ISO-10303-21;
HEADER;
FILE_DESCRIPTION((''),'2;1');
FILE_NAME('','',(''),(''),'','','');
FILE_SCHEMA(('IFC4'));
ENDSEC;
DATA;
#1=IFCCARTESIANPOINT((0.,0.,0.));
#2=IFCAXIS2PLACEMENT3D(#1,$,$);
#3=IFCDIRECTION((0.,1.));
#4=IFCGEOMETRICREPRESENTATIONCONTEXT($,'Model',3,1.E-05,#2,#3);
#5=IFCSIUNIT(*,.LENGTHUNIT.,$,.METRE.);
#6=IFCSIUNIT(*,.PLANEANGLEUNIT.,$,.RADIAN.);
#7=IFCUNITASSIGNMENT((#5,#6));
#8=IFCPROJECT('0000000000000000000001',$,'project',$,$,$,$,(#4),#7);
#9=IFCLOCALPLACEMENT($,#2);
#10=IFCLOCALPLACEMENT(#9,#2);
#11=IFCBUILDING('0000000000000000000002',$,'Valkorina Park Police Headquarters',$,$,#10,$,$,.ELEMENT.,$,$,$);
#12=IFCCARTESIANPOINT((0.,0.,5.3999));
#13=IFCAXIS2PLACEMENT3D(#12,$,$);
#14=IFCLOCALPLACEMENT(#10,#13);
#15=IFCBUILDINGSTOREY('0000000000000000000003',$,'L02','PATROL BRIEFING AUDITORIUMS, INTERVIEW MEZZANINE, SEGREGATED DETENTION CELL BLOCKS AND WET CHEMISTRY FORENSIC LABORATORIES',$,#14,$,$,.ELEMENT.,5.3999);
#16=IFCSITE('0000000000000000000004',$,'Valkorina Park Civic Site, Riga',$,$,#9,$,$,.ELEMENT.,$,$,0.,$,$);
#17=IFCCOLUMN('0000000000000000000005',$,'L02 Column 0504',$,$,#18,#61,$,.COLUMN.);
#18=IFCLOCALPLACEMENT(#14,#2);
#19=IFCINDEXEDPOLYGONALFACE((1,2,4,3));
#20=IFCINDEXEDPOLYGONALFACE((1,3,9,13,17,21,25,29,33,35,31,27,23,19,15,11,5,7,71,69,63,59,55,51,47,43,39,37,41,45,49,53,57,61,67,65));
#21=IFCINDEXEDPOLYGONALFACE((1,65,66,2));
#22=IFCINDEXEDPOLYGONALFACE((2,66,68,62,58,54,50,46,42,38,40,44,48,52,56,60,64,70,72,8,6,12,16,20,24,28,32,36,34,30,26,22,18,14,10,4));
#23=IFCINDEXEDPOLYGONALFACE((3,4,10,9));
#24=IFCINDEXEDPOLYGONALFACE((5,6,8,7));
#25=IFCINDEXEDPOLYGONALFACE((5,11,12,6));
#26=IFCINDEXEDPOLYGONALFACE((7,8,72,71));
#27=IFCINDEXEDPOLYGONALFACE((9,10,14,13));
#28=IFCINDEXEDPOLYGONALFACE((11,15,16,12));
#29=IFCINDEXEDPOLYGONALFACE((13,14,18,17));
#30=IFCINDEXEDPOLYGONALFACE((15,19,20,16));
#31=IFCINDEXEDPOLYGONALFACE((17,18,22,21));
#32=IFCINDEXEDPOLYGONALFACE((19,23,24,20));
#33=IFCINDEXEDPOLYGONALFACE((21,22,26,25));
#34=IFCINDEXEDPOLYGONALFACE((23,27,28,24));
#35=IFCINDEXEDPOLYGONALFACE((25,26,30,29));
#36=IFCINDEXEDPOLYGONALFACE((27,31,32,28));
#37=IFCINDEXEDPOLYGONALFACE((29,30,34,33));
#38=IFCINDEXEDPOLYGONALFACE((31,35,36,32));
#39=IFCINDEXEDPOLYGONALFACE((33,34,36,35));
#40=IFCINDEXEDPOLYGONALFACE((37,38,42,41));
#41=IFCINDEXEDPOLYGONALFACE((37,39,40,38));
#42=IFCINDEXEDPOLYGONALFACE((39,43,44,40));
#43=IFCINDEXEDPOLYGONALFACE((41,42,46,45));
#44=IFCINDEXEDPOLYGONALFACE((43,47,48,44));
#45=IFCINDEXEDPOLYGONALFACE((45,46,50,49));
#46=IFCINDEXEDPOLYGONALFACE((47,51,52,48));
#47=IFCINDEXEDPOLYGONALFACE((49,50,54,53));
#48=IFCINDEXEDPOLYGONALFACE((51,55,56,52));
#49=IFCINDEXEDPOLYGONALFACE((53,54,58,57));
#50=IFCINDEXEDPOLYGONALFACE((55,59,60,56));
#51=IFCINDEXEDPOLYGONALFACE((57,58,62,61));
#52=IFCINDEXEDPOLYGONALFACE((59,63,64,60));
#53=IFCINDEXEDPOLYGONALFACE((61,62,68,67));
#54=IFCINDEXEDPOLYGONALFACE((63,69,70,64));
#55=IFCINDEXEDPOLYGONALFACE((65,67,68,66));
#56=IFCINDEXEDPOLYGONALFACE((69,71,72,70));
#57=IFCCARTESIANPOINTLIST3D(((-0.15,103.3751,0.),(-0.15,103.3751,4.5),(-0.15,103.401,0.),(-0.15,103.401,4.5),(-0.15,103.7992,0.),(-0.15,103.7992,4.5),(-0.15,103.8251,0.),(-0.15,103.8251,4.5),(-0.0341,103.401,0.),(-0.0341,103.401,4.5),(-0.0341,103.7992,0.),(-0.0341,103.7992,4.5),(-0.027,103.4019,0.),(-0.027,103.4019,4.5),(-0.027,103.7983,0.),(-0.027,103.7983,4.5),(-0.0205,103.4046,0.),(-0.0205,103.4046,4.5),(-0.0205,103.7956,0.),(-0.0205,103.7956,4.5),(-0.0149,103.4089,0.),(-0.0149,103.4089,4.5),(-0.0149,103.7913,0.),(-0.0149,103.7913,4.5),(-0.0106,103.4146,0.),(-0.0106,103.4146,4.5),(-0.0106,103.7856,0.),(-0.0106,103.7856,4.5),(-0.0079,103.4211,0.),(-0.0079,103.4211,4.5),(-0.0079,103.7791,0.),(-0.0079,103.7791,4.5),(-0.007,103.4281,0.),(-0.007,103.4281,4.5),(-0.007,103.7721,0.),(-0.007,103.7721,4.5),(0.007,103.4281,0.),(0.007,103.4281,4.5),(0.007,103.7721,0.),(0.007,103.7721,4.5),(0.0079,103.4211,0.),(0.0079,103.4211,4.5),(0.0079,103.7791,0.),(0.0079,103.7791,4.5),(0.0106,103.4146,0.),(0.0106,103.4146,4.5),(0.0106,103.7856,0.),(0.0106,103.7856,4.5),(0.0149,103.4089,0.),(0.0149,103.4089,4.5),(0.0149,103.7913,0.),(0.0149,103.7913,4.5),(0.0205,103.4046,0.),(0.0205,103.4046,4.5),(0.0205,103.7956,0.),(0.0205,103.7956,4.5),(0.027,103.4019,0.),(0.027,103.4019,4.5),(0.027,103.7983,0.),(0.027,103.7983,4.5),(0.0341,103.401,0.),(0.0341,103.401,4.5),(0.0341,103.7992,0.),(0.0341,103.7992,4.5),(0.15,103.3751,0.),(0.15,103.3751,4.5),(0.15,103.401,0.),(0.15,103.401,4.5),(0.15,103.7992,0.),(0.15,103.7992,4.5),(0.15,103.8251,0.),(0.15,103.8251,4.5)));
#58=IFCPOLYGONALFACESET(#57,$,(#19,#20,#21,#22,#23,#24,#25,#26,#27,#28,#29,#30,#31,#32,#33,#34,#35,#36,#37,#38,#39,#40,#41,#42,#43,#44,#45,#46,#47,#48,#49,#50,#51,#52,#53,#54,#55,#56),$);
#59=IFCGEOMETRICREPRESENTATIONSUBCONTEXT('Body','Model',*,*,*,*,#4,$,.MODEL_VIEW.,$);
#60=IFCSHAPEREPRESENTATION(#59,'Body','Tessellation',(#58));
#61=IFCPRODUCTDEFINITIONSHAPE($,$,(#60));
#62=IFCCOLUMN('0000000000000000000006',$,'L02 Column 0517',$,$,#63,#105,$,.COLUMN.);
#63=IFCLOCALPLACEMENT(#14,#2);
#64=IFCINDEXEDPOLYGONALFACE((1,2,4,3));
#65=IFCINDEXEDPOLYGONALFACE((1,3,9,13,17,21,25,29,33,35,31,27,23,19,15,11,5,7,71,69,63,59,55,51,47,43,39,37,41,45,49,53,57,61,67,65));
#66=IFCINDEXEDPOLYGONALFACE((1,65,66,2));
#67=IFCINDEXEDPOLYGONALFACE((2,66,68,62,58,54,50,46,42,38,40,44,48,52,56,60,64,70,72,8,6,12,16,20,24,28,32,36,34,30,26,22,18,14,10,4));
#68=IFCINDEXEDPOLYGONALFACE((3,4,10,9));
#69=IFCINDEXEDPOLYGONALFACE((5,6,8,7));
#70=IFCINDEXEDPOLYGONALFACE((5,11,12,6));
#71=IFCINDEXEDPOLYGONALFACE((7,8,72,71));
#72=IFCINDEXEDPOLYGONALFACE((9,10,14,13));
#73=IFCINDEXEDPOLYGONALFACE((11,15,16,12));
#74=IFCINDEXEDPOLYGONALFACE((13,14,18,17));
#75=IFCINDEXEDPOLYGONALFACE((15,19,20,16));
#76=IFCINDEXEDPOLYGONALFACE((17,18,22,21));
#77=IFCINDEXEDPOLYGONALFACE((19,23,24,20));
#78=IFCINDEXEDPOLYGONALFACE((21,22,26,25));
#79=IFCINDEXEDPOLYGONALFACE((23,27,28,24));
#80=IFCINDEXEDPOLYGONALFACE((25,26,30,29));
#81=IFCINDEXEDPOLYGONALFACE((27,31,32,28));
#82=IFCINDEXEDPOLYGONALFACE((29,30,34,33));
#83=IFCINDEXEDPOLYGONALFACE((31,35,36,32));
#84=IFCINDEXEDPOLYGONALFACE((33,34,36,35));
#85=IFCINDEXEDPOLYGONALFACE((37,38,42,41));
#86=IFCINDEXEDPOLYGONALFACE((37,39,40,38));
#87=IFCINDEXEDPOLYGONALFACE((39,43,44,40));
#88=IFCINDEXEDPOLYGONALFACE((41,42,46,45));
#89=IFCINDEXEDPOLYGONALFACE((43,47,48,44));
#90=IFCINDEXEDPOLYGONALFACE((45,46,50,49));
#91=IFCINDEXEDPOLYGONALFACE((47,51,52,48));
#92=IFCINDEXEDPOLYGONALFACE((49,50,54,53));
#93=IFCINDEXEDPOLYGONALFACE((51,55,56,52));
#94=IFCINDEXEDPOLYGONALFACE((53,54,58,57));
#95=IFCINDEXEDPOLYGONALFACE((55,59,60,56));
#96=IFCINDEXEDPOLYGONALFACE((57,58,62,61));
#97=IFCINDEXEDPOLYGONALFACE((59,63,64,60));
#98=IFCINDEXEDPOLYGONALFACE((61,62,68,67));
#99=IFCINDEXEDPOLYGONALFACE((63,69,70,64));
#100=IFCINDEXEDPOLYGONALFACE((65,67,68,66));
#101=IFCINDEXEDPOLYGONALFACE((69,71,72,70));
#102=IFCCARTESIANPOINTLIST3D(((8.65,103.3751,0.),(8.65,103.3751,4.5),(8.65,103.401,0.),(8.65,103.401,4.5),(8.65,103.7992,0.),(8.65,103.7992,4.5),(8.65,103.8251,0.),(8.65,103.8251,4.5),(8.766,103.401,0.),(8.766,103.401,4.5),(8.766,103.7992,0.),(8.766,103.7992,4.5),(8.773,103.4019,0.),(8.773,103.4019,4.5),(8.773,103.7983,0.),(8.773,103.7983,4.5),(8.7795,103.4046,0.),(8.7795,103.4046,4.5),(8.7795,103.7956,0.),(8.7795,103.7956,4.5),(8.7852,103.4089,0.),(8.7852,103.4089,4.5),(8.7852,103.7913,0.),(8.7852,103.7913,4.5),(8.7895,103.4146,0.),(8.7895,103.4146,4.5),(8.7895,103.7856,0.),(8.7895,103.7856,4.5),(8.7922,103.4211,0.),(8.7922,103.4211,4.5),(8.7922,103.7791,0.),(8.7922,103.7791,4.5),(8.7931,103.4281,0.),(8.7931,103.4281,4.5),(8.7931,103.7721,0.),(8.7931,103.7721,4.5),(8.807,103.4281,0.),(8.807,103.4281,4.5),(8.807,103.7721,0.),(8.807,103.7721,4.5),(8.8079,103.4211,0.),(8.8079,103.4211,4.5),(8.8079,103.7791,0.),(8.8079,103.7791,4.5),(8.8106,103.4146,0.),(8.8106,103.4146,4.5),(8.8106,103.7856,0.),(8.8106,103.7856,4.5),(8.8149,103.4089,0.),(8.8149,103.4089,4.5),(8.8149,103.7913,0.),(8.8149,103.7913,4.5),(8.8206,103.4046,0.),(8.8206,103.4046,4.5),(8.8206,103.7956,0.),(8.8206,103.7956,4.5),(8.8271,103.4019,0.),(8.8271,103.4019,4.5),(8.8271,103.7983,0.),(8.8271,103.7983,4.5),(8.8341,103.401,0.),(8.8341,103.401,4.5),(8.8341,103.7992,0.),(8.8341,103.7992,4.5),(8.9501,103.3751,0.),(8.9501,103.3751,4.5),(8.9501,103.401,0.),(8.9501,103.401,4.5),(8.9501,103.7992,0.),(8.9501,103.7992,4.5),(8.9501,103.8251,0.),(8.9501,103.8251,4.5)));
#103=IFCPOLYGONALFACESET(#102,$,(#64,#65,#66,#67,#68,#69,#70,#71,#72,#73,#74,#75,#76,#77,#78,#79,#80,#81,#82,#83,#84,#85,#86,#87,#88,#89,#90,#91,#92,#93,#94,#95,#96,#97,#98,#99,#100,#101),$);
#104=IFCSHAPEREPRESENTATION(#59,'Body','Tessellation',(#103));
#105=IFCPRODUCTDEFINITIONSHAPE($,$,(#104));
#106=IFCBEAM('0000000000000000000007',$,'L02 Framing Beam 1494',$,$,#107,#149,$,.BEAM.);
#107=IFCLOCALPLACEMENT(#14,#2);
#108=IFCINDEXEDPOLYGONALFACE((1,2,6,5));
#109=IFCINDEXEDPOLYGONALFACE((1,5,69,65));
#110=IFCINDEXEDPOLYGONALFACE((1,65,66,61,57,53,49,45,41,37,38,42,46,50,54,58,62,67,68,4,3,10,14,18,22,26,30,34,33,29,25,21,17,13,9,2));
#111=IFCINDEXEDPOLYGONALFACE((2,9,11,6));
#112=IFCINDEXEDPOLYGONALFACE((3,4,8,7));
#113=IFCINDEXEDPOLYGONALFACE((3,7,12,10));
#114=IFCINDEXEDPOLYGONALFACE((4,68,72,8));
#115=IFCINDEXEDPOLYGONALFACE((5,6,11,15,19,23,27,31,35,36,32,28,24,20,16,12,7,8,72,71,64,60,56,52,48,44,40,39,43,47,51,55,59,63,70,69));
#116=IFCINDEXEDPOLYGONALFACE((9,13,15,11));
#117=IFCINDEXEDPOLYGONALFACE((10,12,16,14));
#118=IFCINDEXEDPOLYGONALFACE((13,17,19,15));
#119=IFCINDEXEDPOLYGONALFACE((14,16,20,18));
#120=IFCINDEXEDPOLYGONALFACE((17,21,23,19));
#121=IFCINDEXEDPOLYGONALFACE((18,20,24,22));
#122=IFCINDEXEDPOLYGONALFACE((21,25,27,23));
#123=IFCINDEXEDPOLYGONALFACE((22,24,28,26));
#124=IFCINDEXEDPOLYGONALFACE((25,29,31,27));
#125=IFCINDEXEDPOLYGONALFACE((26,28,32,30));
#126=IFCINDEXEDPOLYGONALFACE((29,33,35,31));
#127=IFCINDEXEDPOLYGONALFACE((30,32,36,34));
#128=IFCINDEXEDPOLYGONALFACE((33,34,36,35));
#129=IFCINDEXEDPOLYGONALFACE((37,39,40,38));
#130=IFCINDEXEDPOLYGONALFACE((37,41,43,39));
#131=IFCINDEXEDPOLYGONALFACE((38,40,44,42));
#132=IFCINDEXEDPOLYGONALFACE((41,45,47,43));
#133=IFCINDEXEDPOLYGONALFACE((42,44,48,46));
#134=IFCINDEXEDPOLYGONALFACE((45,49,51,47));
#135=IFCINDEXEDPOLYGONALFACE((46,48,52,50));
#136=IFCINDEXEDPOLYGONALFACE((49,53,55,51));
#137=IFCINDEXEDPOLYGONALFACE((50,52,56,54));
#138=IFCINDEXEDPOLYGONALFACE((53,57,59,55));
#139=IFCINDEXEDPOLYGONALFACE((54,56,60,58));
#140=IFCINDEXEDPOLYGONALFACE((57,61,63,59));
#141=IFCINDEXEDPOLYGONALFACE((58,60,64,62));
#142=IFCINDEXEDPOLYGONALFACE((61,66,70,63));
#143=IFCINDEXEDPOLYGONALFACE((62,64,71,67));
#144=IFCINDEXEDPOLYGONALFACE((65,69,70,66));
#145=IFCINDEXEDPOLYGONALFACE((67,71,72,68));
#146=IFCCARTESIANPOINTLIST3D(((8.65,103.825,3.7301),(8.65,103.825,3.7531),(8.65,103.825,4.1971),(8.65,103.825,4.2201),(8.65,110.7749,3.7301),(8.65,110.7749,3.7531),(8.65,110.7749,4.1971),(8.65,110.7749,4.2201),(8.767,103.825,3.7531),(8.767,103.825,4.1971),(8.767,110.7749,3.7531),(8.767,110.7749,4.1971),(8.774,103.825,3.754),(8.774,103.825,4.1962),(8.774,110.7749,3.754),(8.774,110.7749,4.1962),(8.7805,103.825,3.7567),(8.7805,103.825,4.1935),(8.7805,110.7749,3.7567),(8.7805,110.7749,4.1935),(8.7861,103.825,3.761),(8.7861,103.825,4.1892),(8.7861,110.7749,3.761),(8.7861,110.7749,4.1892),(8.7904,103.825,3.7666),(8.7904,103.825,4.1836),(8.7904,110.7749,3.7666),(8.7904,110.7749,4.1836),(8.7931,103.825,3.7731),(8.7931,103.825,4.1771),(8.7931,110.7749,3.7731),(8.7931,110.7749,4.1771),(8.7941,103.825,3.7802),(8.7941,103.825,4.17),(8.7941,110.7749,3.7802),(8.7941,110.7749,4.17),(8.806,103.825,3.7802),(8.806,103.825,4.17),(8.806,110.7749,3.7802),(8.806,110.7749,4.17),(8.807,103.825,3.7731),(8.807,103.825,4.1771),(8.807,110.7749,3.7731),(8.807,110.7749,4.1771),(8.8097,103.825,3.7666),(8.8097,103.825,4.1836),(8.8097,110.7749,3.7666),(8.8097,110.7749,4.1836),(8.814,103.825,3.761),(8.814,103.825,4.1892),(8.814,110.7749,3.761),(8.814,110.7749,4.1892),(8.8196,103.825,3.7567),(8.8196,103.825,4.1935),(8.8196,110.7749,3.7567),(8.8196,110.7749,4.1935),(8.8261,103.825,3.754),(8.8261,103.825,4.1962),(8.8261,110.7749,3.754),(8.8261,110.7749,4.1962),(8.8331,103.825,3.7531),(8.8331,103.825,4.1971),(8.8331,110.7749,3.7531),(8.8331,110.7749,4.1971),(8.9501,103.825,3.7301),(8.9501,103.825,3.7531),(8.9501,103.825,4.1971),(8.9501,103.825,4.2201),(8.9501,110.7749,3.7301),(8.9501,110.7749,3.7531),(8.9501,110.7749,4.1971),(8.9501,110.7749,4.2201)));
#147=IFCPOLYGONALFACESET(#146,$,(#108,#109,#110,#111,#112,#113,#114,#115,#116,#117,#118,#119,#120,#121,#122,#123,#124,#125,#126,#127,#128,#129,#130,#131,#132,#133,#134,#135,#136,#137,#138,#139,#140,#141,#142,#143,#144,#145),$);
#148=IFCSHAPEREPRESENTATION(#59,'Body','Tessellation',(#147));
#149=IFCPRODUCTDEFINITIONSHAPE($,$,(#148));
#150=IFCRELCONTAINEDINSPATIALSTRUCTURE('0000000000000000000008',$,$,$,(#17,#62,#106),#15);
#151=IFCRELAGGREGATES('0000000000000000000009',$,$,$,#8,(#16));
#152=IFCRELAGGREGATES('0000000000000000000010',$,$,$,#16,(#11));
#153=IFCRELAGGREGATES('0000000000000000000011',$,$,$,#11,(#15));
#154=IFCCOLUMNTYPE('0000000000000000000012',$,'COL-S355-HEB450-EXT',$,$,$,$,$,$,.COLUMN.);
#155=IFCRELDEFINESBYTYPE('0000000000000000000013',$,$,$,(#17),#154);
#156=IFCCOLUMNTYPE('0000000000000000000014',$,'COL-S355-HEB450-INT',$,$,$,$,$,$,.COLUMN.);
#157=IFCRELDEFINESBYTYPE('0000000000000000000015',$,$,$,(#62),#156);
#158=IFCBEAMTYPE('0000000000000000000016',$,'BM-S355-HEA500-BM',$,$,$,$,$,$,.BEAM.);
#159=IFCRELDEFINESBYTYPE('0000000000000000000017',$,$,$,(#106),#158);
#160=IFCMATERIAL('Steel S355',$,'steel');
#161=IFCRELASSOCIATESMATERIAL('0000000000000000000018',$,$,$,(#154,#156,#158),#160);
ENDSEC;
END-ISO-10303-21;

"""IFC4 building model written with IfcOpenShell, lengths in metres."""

from ifc_helpers import new_model, si_unit, direction, frame, origin, origin_2d, place, context, subcontext, project, spatial, i_section, extrude, material, material_profile, profile_set, type_object, element, save


model = new_model("IFC4")

# Units and contexts
model_context = context("Model", 3, precision=1e-05, world=origin(), true_north=direction((0.0, 1.0)))
body_context = subcontext(model_context, "Body", "Model", "MODEL_VIEW")
ifc_project = project(units=[si_unit("LENGTHUNIT", "METRE"), si_unit("PLANEANGLEUNIT", "RADIAN")], contexts=[model_context])

# Site, building, storey
site_placement = place(None, origin())
site = spatial("IfcSite", under=ifc_project, at=site_placement, Name="Valkorina Park Civic Site, Riga", CompositionType="ELEMENT", RefElevation=0.0)
building_placement = place(site_placement, origin())
building = spatial("IfcBuilding", under=site, at=building_placement, Name="Valkorina Park Police Headquarters", CompositionType="ELEMENT")
storey_placement = place(building_placement, frame((0.0, 0.0, 5.3999)))
storey = spatial("IfcBuildingStorey", under=building, at=storey_placement, Name="L02", Description="PATROL BRIEFING AUDITORIUMS, INTERVIEW MEZZANINE, SEGREGATED DETENTION CELL BLOCKS AND WET CHEMISTRY FORENSIC LABORATORIES", CompositionType="ELEMENT", Elevation=5.3999)

# Columns
ifc_material_1 = material(Name="Steel S355", Category="steel")
ifc_material_profile_1 = material_profile(ifc_material_1, i_section(OverallWidth=0.3, OverallDepth=0.45, WebThickness=0.0139, FlangeThickness=0.0259, FilletRadius=0.0271, at=origin_2d()), Name="HEB 450")
ifc_profile_set_1 = profile_set([ifc_material_profile_1], Name="Steel S355")
column_type_1 = type_object("IfcColumnType", Name="COL-S355-HEB450-EXT", PredefinedType="COLUMN", material=ifc_profile_set_1)
column_1_placement = place(storey_placement, frame((0.0, 103.6001, 0.0), z_axis=(0.0, 0.0, 1.0), x_axis=(1.0, 0.0, 0.0)))
element("IfcColumn", 1, at=column_1_placement, inside=storey, type_object=column_type_1, Name="L02 Column 0504", PredefinedType="COLUMN", context=body_context, shape_type="SweptSolid", body=[
    extrude(i_section(OverallWidth=0.3, OverallDepth=0.45, WebThickness=0.0139, FlangeThickness=0.0259, FilletRadius=0.0271, at=origin_2d()), origin(), (0.0, 0.0, 1.0), 4.5),
])
ifc_material_profile_2 = material_profile(ifc_material_1, i_section(OverallWidth=0.3, OverallDepth=0.45, WebThickness=0.0139, FlangeThickness=0.0259, FilletRadius=0.0271, at=origin_2d()), Name="HEB 450")
ifc_profile_set_2 = profile_set([ifc_material_profile_2], Name="Steel S355")
column_type_2 = type_object("IfcColumnType", Name="COL-S355-HEB450-INT", PredefinedType="COLUMN", material=ifc_profile_set_2)
column_2_placement = place(storey_placement, frame((8.8, 103.6001, 0.0), z_axis=(0.0, 0.0, 1.0), x_axis=(1.0, 0.0, 0.0)))
element("IfcColumn", 2, at=column_2_placement, inside=storey, type_object=column_type_2, Name="L02 Column 0517", PredefinedType="COLUMN", context=body_context, shape_type="SweptSolid", body=[
    extrude(i_section(OverallWidth=0.3, OverallDepth=0.45, WebThickness=0.0139, FlangeThickness=0.0259, FilletRadius=0.0271, at=origin_2d()), origin(), (0.0, 0.0, 1.0), 4.5),
])

# Beam
ifc_material_profile_3 = material_profile(ifc_material_1, i_section(OverallWidth=0.3, OverallDepth=0.49, WebThickness=0.012, FlangeThickness=0.0229, FilletRadius=0.0271, at=origin_2d()), Name="HEA 500")
ifc_profile_set_3 = profile_set([ifc_material_profile_3], Name="Steel S355")
beam_type_1 = type_object("IfcBeamType", Name="BM-S355-HEA500-BM", PredefinedType="BEAM", material=ifc_profile_set_3)
beam_1_placement = place(storey_placement, frame((8.8, 103.825, 3.9751), z_axis=(0.0, 1.0, 0.0), x_axis=(-1.0, 0.0, 0.0)))
element("IfcBeam", 3, at=beam_1_placement, inside=storey, type_object=beam_type_1, Name="L02 Framing Beam 1494", PredefinedType="BEAM", context=body_context, shape_type="SweptSolid", body=[
    extrude(i_section(OverallWidth=0.3, OverallDepth=0.49, WebThickness=0.012, FlangeThickness=0.0229, FilletRadius=0.0271, at=origin_2d()), origin(), (0.0, 0.0, 1.0), 6.95),
])

save(model, "model.ifc")
